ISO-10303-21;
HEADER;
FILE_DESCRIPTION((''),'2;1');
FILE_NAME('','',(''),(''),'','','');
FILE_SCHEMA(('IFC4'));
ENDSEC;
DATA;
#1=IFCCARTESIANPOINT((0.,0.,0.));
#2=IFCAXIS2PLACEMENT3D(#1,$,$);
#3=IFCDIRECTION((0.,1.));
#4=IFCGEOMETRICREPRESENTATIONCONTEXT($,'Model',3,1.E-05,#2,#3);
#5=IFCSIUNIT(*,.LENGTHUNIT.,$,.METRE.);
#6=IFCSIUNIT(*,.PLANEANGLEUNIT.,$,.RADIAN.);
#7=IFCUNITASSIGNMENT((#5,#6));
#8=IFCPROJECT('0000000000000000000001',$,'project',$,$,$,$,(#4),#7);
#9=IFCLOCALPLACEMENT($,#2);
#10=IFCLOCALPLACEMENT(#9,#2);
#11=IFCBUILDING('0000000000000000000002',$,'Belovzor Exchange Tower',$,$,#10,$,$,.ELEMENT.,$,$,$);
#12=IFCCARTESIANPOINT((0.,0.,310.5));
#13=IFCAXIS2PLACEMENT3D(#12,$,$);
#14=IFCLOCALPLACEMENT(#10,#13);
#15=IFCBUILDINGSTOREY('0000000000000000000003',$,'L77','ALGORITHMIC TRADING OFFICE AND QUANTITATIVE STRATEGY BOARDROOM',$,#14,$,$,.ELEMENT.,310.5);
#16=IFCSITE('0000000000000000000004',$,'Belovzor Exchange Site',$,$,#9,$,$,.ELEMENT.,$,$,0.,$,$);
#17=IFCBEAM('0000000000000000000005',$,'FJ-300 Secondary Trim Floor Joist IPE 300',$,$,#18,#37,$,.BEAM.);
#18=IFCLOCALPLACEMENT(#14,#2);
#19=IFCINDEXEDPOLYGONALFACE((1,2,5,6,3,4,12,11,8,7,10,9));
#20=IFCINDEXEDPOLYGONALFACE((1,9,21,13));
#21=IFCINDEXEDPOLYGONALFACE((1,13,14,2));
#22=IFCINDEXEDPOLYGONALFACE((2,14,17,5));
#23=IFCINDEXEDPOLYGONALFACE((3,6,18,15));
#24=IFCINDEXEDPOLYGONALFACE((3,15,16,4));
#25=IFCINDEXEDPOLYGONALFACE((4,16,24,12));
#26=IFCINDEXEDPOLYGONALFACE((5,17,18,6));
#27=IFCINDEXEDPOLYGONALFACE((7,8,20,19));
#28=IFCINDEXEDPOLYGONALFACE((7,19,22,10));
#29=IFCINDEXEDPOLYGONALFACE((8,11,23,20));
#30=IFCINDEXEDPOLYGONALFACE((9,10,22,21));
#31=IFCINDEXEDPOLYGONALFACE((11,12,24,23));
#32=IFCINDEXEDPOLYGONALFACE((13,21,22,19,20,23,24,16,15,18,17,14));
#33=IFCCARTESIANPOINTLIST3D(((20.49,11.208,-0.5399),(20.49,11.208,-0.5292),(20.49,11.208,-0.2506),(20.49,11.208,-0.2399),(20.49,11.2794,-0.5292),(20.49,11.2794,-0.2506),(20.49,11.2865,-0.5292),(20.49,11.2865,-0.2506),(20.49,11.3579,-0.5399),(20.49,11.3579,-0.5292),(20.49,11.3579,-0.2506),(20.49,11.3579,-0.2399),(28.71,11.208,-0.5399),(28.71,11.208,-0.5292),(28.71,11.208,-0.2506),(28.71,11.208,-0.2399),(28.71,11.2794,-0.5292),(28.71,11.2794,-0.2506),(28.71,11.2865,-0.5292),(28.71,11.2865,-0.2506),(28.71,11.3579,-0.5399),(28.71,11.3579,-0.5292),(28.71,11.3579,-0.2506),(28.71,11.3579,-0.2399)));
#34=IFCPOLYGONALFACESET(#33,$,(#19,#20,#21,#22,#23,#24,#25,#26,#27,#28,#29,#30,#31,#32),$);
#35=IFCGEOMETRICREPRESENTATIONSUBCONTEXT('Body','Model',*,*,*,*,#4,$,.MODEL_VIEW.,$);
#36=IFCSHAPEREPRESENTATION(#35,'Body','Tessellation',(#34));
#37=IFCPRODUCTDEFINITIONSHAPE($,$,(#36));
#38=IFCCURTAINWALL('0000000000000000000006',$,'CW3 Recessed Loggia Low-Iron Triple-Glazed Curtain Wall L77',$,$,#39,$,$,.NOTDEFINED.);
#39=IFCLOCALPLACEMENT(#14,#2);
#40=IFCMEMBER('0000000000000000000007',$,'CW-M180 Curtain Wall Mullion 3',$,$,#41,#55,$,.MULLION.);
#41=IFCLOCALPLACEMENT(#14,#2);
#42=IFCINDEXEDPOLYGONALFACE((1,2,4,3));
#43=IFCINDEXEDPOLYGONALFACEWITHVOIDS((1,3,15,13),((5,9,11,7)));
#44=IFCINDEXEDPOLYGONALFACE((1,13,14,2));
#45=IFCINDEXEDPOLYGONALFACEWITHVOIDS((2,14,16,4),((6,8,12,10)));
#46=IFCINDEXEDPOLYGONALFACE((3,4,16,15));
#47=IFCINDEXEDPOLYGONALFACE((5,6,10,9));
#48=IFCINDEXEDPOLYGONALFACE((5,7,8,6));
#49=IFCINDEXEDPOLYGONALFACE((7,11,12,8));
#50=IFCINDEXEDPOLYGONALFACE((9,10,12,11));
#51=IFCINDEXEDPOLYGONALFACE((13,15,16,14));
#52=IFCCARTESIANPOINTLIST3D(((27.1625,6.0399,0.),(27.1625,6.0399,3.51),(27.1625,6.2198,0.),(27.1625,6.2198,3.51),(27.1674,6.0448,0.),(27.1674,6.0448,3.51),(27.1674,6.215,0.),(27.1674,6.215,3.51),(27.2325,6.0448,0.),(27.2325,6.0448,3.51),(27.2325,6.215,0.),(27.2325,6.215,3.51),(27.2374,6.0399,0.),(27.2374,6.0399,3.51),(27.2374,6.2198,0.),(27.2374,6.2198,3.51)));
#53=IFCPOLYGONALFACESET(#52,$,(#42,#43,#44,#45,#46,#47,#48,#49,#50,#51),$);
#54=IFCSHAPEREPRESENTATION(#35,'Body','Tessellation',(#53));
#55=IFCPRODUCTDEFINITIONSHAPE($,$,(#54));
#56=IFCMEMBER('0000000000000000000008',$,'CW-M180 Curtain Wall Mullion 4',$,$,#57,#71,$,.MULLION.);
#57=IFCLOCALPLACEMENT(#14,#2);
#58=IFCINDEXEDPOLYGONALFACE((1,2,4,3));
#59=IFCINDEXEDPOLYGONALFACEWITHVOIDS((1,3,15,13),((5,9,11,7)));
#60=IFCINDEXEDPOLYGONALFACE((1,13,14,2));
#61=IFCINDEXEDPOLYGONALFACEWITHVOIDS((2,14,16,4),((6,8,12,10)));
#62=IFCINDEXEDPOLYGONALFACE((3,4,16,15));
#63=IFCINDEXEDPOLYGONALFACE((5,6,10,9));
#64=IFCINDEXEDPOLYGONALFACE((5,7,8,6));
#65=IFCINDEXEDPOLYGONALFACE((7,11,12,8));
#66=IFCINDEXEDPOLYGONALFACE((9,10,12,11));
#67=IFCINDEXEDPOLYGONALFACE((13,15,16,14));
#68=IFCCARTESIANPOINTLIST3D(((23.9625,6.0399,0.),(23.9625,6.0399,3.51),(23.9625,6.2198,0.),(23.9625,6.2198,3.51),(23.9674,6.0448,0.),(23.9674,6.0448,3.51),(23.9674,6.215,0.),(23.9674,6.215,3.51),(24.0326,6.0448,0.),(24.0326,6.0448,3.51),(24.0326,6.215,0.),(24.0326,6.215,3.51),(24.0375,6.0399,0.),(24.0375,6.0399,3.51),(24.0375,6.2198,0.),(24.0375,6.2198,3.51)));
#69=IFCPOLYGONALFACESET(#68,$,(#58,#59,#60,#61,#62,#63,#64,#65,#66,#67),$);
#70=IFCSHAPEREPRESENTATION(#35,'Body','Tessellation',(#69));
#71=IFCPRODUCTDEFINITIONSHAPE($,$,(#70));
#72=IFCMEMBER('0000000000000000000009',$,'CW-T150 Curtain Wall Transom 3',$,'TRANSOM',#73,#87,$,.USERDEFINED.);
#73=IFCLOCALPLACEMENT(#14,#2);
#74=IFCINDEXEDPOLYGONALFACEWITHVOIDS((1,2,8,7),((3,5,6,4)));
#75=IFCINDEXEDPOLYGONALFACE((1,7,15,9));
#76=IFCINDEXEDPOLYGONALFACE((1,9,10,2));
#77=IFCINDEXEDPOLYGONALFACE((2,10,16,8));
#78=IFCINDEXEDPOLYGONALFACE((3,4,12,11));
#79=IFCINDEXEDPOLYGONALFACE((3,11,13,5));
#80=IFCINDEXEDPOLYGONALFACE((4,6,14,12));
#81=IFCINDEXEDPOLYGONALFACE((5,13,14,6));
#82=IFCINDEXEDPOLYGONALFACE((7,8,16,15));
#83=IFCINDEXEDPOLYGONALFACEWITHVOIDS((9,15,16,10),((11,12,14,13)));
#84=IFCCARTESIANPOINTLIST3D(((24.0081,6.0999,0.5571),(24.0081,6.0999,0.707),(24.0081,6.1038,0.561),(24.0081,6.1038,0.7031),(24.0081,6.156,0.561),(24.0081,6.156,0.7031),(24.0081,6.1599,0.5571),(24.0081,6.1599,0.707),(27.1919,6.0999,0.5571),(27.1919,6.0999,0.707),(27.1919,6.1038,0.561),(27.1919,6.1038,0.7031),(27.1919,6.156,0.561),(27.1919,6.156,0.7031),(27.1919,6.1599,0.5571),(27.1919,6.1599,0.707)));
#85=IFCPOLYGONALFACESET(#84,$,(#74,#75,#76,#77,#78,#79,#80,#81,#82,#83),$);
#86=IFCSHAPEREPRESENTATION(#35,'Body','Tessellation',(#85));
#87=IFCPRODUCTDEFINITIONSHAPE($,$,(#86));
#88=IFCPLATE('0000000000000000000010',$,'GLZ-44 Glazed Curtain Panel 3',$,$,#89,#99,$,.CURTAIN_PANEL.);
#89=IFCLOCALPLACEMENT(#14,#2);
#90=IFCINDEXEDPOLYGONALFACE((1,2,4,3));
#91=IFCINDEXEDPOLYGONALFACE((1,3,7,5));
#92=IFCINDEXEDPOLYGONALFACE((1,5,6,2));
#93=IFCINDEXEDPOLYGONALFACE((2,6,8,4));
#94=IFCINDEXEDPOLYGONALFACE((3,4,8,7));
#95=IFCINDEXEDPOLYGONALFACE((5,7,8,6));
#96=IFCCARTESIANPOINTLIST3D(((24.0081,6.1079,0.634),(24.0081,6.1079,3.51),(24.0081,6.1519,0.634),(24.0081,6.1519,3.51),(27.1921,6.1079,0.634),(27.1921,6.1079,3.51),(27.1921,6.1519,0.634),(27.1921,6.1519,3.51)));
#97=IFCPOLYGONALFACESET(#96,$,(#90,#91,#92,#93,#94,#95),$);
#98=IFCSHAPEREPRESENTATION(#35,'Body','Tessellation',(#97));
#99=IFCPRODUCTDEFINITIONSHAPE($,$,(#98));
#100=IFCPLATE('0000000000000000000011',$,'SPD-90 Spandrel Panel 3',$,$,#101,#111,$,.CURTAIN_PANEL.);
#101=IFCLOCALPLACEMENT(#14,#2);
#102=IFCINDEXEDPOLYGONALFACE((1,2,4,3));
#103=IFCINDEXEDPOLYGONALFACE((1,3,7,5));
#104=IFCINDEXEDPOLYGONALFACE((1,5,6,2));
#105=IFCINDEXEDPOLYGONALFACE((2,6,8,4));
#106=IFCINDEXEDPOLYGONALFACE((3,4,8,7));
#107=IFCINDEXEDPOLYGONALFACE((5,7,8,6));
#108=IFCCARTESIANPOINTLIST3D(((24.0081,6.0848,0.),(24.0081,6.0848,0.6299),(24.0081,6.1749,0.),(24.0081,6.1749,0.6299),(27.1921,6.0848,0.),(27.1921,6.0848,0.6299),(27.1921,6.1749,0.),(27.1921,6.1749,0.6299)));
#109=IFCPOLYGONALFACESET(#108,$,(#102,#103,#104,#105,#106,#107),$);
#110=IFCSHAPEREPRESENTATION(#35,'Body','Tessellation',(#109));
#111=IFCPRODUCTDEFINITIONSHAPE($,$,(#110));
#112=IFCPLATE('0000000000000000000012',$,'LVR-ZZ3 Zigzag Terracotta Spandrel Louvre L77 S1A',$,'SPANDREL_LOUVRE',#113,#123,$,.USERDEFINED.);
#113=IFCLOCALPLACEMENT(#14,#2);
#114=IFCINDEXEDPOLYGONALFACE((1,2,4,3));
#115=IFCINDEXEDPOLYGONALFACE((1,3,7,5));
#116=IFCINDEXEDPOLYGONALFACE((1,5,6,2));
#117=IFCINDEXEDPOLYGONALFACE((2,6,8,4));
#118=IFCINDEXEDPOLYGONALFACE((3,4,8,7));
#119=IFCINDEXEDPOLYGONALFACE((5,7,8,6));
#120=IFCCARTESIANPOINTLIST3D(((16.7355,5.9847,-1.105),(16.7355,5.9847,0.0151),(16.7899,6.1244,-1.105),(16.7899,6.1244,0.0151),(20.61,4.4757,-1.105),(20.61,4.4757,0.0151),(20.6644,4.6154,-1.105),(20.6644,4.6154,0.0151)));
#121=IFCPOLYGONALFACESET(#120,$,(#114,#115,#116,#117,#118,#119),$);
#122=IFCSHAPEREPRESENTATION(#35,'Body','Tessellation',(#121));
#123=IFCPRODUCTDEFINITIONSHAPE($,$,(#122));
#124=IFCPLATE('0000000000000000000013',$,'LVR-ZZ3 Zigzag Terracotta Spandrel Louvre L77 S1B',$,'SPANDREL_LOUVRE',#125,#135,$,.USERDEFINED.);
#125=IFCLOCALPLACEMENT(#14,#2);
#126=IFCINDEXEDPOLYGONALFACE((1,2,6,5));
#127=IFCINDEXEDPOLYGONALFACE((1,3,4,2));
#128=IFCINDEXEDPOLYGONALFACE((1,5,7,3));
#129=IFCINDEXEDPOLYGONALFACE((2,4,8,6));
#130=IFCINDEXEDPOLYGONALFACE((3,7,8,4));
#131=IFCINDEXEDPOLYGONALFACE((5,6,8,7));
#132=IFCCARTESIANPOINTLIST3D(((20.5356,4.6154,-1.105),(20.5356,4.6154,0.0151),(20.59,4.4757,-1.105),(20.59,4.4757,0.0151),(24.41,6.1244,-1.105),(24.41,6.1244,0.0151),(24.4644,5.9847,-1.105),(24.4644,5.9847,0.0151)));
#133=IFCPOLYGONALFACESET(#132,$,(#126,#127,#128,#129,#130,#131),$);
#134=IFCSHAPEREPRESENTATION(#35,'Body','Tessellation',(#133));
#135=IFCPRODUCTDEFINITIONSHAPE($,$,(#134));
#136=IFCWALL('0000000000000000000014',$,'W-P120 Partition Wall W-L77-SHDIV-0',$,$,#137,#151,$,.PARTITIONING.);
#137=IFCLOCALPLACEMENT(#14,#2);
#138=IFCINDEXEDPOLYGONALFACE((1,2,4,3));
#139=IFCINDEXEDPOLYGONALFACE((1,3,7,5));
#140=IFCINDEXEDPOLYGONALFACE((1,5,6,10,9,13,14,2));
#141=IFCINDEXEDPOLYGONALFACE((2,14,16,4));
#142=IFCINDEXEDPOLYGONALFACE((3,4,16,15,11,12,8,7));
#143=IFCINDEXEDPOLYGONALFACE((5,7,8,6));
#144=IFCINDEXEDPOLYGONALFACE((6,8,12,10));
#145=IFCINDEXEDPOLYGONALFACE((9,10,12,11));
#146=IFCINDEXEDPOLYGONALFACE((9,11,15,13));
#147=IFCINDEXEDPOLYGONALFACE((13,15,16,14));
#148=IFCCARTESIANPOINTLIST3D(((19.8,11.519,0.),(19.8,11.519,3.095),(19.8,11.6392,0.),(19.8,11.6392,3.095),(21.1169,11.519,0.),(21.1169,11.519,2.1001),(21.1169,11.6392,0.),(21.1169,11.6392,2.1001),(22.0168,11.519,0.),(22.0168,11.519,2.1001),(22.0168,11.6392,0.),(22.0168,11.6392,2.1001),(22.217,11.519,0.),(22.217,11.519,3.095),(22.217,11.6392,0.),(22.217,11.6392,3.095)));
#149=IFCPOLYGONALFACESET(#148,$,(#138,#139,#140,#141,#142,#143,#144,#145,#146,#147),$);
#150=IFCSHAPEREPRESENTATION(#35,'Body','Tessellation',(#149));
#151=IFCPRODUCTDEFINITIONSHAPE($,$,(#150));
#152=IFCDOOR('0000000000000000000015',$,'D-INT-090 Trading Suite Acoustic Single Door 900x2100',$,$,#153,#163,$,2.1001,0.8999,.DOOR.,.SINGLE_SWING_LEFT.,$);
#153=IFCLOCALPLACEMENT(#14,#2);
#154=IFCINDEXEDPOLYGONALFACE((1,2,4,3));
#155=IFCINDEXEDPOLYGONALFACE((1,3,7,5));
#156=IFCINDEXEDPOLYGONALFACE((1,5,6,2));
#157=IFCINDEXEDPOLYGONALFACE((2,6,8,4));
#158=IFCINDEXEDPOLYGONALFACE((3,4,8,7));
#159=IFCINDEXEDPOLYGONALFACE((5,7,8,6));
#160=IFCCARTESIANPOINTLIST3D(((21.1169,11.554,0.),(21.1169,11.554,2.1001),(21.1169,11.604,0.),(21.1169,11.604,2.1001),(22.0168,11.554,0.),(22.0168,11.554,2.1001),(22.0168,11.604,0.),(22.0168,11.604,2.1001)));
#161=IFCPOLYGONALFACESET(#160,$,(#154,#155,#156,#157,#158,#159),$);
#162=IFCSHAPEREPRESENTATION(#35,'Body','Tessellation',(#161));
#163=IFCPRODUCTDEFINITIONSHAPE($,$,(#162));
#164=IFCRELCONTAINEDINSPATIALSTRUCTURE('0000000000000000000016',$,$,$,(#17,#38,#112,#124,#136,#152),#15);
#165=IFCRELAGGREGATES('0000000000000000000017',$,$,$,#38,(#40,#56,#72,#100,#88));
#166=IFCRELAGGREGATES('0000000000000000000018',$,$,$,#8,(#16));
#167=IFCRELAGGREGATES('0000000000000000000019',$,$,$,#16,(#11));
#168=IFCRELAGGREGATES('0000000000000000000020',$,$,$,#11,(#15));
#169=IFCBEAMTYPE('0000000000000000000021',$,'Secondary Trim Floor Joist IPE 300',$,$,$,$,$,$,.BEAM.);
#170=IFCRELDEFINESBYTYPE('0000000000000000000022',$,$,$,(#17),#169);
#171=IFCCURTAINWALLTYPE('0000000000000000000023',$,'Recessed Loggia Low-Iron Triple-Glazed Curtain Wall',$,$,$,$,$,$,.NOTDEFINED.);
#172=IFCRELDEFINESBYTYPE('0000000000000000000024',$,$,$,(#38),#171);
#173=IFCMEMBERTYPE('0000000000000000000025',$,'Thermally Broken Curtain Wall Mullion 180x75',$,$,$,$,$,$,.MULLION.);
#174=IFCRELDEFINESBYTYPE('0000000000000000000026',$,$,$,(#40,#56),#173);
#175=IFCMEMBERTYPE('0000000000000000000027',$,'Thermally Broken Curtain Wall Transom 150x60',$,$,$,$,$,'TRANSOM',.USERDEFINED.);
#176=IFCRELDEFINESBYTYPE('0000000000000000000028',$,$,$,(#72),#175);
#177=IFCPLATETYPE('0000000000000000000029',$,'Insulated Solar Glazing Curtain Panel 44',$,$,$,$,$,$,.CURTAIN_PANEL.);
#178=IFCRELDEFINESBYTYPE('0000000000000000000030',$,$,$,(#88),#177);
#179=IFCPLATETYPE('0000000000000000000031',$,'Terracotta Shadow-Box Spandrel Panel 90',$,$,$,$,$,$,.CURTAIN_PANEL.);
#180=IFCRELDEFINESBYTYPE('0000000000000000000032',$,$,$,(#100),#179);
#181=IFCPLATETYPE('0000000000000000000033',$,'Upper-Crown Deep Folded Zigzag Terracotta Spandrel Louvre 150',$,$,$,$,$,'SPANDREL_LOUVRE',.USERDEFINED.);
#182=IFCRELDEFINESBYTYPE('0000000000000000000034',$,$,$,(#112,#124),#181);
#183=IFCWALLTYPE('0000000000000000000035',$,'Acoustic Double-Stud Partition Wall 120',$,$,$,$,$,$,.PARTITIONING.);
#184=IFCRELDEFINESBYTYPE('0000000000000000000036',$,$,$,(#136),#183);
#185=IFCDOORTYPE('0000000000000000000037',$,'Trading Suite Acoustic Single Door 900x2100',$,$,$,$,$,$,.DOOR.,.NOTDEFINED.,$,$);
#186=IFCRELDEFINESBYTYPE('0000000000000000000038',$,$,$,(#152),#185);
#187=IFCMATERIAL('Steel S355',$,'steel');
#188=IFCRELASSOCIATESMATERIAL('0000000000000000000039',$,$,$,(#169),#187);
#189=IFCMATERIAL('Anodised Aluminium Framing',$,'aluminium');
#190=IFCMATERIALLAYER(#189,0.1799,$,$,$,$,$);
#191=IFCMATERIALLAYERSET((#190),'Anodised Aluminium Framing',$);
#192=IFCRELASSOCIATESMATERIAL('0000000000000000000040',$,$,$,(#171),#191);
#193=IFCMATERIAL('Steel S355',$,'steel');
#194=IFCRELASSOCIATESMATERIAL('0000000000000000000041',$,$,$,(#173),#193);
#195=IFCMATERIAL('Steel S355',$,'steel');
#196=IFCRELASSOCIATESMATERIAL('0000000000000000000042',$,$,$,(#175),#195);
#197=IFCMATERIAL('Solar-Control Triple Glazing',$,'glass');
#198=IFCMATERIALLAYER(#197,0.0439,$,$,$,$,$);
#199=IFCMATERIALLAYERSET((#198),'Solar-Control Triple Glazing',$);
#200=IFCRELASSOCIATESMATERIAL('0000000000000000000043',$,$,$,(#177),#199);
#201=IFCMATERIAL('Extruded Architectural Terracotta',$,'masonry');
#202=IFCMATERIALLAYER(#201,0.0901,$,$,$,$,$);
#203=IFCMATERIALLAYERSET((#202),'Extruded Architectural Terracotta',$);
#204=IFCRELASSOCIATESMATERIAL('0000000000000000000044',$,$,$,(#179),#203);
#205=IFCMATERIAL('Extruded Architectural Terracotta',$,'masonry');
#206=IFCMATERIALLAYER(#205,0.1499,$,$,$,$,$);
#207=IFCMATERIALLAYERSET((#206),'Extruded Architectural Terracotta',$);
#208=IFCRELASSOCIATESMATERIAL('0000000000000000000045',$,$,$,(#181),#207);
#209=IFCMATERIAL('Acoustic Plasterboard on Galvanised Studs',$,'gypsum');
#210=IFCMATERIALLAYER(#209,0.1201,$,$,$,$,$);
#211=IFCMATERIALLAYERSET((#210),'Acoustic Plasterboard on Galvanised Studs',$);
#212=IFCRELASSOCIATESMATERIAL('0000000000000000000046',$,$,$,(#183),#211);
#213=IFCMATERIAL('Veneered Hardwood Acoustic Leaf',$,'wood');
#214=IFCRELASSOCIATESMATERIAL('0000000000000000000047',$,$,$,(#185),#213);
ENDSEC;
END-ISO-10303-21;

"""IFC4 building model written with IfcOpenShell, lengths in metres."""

from ifc_helpers import new_model, si_unit, direction, frame, frame_2d, origin, origin_2d, place, context, subcontext, project, spatial, rectangle, hollow_rectangle, i_section, extrude, material, layer, layer_set, material_profile, profile_set, type_object, element, fill, aggregate, save


model = new_model("IFC4")

# Units and contexts
model_context = context("Model", 3, precision=1e-05, world=origin(), true_north=direction((0.0, 1.0)))
body_context = subcontext(model_context, "Body", "Model", "MODEL_VIEW")
ifc_project = project(units=[si_unit("LENGTHUNIT", "METRE"), si_unit("PLANEANGLEUNIT", "RADIAN")], contexts=[model_context])

# Site, building, storey
site_placement = place(None, origin())
site = spatial("IfcSite", under=ifc_project, at=site_placement, Name="Belovzor Exchange Site", CompositionType="ELEMENT", RefElevation=0.0)
building_placement = place(site_placement, origin())
building = spatial("IfcBuilding", under=site, at=building_placement, Name="Belovzor Exchange Tower", CompositionType="ELEMENT")
storey_placement = place(building_placement, frame((0.0, 0.0, 310.5)))
storey = spatial("IfcBuildingStorey", under=building, at=storey_placement, Name="L77", Description="ALGORITHMIC TRADING OFFICE AND QUANTITATIVE STRATEGY BOARDROOM", CompositionType="ELEMENT", Elevation=310.5)

# Beam
ifc_material_1 = material(Name="Steel S355", Category="steel")
ifc_material_profile_1 = material_profile(ifc_material_1, i_section(OverallWidth=0.1499, OverallDepth=0.3, WebThickness=0.0071, FlangeThickness=0.0107, at=origin_2d()))
ifc_profile_set_1 = profile_set([ifc_material_profile_1], Name="Steel S355")
beam_type = type_object("IfcBeamType", Name="Secondary Trim Floor Joist IPE 300", PredefinedType="BEAM", material=ifc_profile_set_1)
beam_placement = place(storey_placement, frame((20.49, 11.283, -0.3899), z_axis=(1.0, 0.0, 0.0), x_axis=(0.0, 1.0, 0.0)))
element("IfcBeam", 1, at=beam_placement, inside=storey, type_object=beam_type, Name="FJ-300 Secondary Trim Floor Joist IPE 300", PredefinedType="BEAM", context=body_context, shape_type="SweptSolid", body=[
    extrude(i_section(OverallWidth=0.1499, OverallDepth=0.3, WebThickness=0.0071, FlangeThickness=0.0107, at=origin_2d()), origin(), (0.0, 0.0, 1.0), 8.22),
])

# Curtain wall, members, plates
ifc_material_2 = material(Name="Anodised Aluminium Framing", Category="aluminium")
ifc_layer_1 = layer(ifc_material_2, 0.1799)
ifc_layer_set_1 = layer_set([ifc_layer_1], Name="Anodised Aluminium Framing")
curtain_wall_type = type_object("IfcCurtainWallType", Name="Recessed Loggia Low-Iron Triple-Glazed Curtain Wall", PredefinedType="NOTDEFINED", material=ifc_layer_set_1)
curtain_wall_placement = place(storey_placement, origin())
curtain_wall = element("IfcCurtainWall", 2, at=curtain_wall_placement, inside=storey, type_object=curtain_wall_type, Name="CW3 Recessed Loggia Low-Iron Triple-Glazed Curtain Wall L77", PredefinedType="NOTDEFINED")
ifc_material_3 = material(Name="Steel S355", Category="steel")
ifc_material_profile_2 = material_profile(ifc_material_3, hollow_rectangle(XDim=0.075, YDim=0.1799, WallThickness=0.0049, at=origin_2d()))
ifc_profile_set_2 = profile_set([ifc_material_profile_2], Name="Steel S355")
member_type_1 = type_object("IfcMemberType", Name="Thermally Broken Curtain Wall Mullion 180x75", PredefinedType="MULLION", material=ifc_profile_set_2)
member_1_placement = place(storey_placement, frame((27.2, 6.1299, 0.0), z_axis=(0.0, 0.0, 1.0), x_axis=(-1.0, 0.0, 0.0)))
member_1 = element("IfcMember", 3, at=member_1_placement, type_object=member_type_1, Name="CW-M180 Curtain Wall Mullion 3", PredefinedType="MULLION", context=body_context, shape_type="SweptSolid", body=[
    extrude(hollow_rectangle(XDim=0.075, YDim=0.1799, WallThickness=0.0049, at=origin_2d()), origin(), (0.0, 0.0, 1.0), 3.51),
])
member_2_placement = place(storey_placement, frame((24.0, 6.1299, 0.0), z_axis=(0.0, 0.0, 1.0), x_axis=(-1.0, 0.0, 0.0)))
member_2 = element("IfcMember", 4, at=member_2_placement, type_object=member_type_1, Name="CW-M180 Curtain Wall Mullion 4", PredefinedType="MULLION", context=body_context, shape_type="SweptSolid", body=[
    extrude(hollow_rectangle(XDim=0.075, YDim=0.1799, WallThickness=0.0049, at=origin_2d()), origin(), (0.0, 0.0, 1.0), 3.51),
])
ifc_material_4 = material(Name="Steel S355", Category="steel")
ifc_material_profile_3 = material_profile(ifc_material_4, hollow_rectangle(XDim=0.0601, YDim=0.1499, WallThickness=0.0039, at=origin_2d()))
ifc_profile_set_3 = profile_set([ifc_material_profile_3], Name="Steel S355")
member_type_2 = type_object("IfcMemberType", Name="Thermally Broken Curtain Wall Transom 150x60", ElementType="TRANSOM", PredefinedType="USERDEFINED", material=ifc_profile_set_3)
member_3_placement = place(storey_placement, frame((27.1919, 6.1299, 0.6321), z_axis=(-1.0, 0.0, 0.0), x_axis=(0.0, -1.0, 0.0)))
member_3 = element("IfcMember", 5, at=member_3_placement, type_object=member_type_2, Name="CW-T150 Curtain Wall Transom 3", ObjectType="TRANSOM", PredefinedType="USERDEFINED", context=body_context, shape_type="SweptSolid", body=[
    extrude(hollow_rectangle(XDim=0.0601, YDim=0.1499, WallThickness=0.0039, at=origin_2d()), origin(), (0.0, 0.0, 1.0), 3.1838),
])
ifc_material_5 = material(Name="Solar-Control Triple Glazing", Category="glass")
ifc_layer_2 = layer(ifc_material_5, 0.0439)
ifc_layer_set_2 = layer_set([ifc_layer_2], Name="Solar-Control Triple Glazing")
plate_type_1 = type_object("IfcPlateType", Name="Insulated Solar Glazing Curtain Panel 44", PredefinedType="CURTAIN_PANEL", material=ifc_layer_set_2)
plate_1_placement = place(storey_placement, frame((25.6001, 6.1299, 0.634), z_axis=(0.0, 0.0, 1.0), x_axis=(-1.0, 0.0, 0.0)))
plate_1 = element("IfcPlate", 6, at=plate_1_placement, type_object=plate_type_1, Name="GLZ-44 Glazed Curtain Panel 3", PredefinedType="CURTAIN_PANEL", context=body_context, shape_type="SweptSolid", body=[
    extrude(rectangle(XDim=3.1841, YDim=0.0439, at=origin_2d()), origin(), (0.0, 0.0, 1.0), 2.876),
])
ifc_material_6 = material(Name="Extruded Architectural Terracotta", Category="masonry")
ifc_layer_3 = layer(ifc_material_6, 0.0901)
ifc_layer_set_3 = layer_set([ifc_layer_3], Name="Extruded Architectural Terracotta")
plate_type_2 = type_object("IfcPlateType", Name="Terracotta Shadow-Box Spandrel Panel 90", PredefinedType="CURTAIN_PANEL", material=ifc_layer_set_3)
plate_2_placement = place(storey_placement, frame((25.6001, 6.1299, 0.0), z_axis=(0.0, 0.0, 1.0), x_axis=(-1.0, 0.0, 0.0)))
plate_2 = element("IfcPlate", 7, at=plate_2_placement, type_object=plate_type_2, Name="SPD-90 Spandrel Panel 3", PredefinedType="CURTAIN_PANEL", context=body_context, shape_type="SweptSolid", body=[
    extrude(rectangle(XDim=3.1841, YDim=0.0901, at=origin_2d()), origin(), (0.0, 0.0, 1.0), 0.6299),
])
aggregate(curtain_wall, [member_1, member_2, member_3, plate_2, plate_1])

# Plates
ifc_material_7 = material(Name="Extruded Architectural Terracotta", Category="masonry")
ifc_layer_4 = layer(ifc_material_7, 0.1499)
ifc_layer_set_4 = layer_set([ifc_layer_4], Name="Extruded Architectural Terracotta")
plate_type_3 = type_object("IfcPlateType", Name="Upper-Crown Deep Folded Zigzag Terracotta Spandrel Louvre 150", ElementType="SPANDREL_LOUVRE", PredefinedType="USERDEFINED", material=ifc_layer_set_4)
for number, where, z_axis, x_axis, name in (
    (8, (18.7, 5.3, -1.105), (0.0, 0.0, 1.0), (0.931818, -0.362926, 0.0), "LVR-ZZ3 Zigzag Terracotta Spandrel Louvre L77 S1A"),
    (9, (22.5, 5.3, -1.105), (0.0, 0.0, 1.0), (0.931818, 0.362926, 0.0), "LVR-ZZ3 Zigzag Terracotta Spandrel Louvre L77 S1B"),
):
    element("IfcPlate", number, at=place(storey_placement, frame(where, z_axis=z_axis, x_axis=x_axis)), inside=storey, type_object=plate_type_3, Name=name, ObjectType="SPANDREL_LOUVRE", PredefinedType="USERDEFINED", context=body_context, shape_type="SweptSolid", body=[
        extrude(rectangle(XDim=4.158, YDim=0.1499, at=origin_2d()), origin(), (0.0, 0.0, 1.0), 1.1201),
    ])

# Wall, opening, door
ifc_material_8 = material(Name="Acoustic Plasterboard on Galvanised Studs", Category="gypsum")
ifc_layer_5 = layer(ifc_material_8, 0.1201)
ifc_layer_set_5 = layer_set([ifc_layer_5], Name="Acoustic Plasterboard on Galvanised Studs")
wall_type_1 = type_object("IfcWallType", Name="Acoustic Double-Stud Partition Wall 120", PredefinedType="PARTITIONING", material=ifc_layer_set_5)
wall_1_placement = place(storey_placement, frame((19.8, 11.5791, 0.0), z_axis=(0.0, 0.0, 1.0), x_axis=(1.0, 0.0, 0.0)))
wall_1 = element("IfcWall", 10, at=wall_1_placement, inside=storey, type_object=wall_type_1, Name="W-P120 Partition Wall W-L77-SHDIV-0", PredefinedType="PARTITIONING", context=body_context, shape_type="SweptSolid", body=[
    extrude(rectangle(XDim=2.417, YDim=0.1201, at=frame_2d((1.2085, 0.0))), origin(), (0.0, 0.0, 1.0), 3.095),
])
opening_1_placement = place(wall_1_placement, frame((1.3169, 0.0, 0.0)))
opening_1 = element("IfcOpeningElement", 11, at=opening_1_placement, cuts=wall_1, PredefinedType="OPENING", context=body_context, shape_type="SweptSolid", body=[
    extrude(rectangle(XDim=0.8999, YDim=2.1001, at=frame_2d((0.45, 1.05))), frame((0.0, 0.0701, 0.0), z_axis=(0.0, -1.0, 0.0), x_axis=(1.0, 0.0, 0.0)), (0.0, 0.0, 1.0), 0.1401),
])
ifc_material_9 = material(Name="Veneered Hardwood Acoustic Leaf", Category="wood")
door_type_1 = type_object("IfcDoorType", Name="Trading Suite Acoustic Single Door 900x2100", OperationType="NOTDEFINED", PredefinedType="DOOR", material=ifc_material_9)
door_1_placement = place(opening_1_placement, origin())
door_1 = element("IfcDoor", 12, at=door_1_placement, inside=storey, type_object=door_type_1, Name="D-INT-090 Trading Suite Acoustic Single Door 900x2100", OperationType="SINGLE_SWING_LEFT", OverallHeight=2.1001, OverallWidth=0.8999, PredefinedType="DOOR", context=body_context, shape_type="SweptSolid", body=[
    extrude(rectangle(XDim=0.8999, YDim=2.1001, at=frame_2d((0.45, 1.05))), frame((0.0, 0.0249, 0.0), z_axis=(0.0, -1.0, 0.0), x_axis=(1.0, 0.0, 0.0)), (0.0, 0.0, 1.0), 0.05),
])
fill(opening_1, door_1)

save(model, "model.ifc")
